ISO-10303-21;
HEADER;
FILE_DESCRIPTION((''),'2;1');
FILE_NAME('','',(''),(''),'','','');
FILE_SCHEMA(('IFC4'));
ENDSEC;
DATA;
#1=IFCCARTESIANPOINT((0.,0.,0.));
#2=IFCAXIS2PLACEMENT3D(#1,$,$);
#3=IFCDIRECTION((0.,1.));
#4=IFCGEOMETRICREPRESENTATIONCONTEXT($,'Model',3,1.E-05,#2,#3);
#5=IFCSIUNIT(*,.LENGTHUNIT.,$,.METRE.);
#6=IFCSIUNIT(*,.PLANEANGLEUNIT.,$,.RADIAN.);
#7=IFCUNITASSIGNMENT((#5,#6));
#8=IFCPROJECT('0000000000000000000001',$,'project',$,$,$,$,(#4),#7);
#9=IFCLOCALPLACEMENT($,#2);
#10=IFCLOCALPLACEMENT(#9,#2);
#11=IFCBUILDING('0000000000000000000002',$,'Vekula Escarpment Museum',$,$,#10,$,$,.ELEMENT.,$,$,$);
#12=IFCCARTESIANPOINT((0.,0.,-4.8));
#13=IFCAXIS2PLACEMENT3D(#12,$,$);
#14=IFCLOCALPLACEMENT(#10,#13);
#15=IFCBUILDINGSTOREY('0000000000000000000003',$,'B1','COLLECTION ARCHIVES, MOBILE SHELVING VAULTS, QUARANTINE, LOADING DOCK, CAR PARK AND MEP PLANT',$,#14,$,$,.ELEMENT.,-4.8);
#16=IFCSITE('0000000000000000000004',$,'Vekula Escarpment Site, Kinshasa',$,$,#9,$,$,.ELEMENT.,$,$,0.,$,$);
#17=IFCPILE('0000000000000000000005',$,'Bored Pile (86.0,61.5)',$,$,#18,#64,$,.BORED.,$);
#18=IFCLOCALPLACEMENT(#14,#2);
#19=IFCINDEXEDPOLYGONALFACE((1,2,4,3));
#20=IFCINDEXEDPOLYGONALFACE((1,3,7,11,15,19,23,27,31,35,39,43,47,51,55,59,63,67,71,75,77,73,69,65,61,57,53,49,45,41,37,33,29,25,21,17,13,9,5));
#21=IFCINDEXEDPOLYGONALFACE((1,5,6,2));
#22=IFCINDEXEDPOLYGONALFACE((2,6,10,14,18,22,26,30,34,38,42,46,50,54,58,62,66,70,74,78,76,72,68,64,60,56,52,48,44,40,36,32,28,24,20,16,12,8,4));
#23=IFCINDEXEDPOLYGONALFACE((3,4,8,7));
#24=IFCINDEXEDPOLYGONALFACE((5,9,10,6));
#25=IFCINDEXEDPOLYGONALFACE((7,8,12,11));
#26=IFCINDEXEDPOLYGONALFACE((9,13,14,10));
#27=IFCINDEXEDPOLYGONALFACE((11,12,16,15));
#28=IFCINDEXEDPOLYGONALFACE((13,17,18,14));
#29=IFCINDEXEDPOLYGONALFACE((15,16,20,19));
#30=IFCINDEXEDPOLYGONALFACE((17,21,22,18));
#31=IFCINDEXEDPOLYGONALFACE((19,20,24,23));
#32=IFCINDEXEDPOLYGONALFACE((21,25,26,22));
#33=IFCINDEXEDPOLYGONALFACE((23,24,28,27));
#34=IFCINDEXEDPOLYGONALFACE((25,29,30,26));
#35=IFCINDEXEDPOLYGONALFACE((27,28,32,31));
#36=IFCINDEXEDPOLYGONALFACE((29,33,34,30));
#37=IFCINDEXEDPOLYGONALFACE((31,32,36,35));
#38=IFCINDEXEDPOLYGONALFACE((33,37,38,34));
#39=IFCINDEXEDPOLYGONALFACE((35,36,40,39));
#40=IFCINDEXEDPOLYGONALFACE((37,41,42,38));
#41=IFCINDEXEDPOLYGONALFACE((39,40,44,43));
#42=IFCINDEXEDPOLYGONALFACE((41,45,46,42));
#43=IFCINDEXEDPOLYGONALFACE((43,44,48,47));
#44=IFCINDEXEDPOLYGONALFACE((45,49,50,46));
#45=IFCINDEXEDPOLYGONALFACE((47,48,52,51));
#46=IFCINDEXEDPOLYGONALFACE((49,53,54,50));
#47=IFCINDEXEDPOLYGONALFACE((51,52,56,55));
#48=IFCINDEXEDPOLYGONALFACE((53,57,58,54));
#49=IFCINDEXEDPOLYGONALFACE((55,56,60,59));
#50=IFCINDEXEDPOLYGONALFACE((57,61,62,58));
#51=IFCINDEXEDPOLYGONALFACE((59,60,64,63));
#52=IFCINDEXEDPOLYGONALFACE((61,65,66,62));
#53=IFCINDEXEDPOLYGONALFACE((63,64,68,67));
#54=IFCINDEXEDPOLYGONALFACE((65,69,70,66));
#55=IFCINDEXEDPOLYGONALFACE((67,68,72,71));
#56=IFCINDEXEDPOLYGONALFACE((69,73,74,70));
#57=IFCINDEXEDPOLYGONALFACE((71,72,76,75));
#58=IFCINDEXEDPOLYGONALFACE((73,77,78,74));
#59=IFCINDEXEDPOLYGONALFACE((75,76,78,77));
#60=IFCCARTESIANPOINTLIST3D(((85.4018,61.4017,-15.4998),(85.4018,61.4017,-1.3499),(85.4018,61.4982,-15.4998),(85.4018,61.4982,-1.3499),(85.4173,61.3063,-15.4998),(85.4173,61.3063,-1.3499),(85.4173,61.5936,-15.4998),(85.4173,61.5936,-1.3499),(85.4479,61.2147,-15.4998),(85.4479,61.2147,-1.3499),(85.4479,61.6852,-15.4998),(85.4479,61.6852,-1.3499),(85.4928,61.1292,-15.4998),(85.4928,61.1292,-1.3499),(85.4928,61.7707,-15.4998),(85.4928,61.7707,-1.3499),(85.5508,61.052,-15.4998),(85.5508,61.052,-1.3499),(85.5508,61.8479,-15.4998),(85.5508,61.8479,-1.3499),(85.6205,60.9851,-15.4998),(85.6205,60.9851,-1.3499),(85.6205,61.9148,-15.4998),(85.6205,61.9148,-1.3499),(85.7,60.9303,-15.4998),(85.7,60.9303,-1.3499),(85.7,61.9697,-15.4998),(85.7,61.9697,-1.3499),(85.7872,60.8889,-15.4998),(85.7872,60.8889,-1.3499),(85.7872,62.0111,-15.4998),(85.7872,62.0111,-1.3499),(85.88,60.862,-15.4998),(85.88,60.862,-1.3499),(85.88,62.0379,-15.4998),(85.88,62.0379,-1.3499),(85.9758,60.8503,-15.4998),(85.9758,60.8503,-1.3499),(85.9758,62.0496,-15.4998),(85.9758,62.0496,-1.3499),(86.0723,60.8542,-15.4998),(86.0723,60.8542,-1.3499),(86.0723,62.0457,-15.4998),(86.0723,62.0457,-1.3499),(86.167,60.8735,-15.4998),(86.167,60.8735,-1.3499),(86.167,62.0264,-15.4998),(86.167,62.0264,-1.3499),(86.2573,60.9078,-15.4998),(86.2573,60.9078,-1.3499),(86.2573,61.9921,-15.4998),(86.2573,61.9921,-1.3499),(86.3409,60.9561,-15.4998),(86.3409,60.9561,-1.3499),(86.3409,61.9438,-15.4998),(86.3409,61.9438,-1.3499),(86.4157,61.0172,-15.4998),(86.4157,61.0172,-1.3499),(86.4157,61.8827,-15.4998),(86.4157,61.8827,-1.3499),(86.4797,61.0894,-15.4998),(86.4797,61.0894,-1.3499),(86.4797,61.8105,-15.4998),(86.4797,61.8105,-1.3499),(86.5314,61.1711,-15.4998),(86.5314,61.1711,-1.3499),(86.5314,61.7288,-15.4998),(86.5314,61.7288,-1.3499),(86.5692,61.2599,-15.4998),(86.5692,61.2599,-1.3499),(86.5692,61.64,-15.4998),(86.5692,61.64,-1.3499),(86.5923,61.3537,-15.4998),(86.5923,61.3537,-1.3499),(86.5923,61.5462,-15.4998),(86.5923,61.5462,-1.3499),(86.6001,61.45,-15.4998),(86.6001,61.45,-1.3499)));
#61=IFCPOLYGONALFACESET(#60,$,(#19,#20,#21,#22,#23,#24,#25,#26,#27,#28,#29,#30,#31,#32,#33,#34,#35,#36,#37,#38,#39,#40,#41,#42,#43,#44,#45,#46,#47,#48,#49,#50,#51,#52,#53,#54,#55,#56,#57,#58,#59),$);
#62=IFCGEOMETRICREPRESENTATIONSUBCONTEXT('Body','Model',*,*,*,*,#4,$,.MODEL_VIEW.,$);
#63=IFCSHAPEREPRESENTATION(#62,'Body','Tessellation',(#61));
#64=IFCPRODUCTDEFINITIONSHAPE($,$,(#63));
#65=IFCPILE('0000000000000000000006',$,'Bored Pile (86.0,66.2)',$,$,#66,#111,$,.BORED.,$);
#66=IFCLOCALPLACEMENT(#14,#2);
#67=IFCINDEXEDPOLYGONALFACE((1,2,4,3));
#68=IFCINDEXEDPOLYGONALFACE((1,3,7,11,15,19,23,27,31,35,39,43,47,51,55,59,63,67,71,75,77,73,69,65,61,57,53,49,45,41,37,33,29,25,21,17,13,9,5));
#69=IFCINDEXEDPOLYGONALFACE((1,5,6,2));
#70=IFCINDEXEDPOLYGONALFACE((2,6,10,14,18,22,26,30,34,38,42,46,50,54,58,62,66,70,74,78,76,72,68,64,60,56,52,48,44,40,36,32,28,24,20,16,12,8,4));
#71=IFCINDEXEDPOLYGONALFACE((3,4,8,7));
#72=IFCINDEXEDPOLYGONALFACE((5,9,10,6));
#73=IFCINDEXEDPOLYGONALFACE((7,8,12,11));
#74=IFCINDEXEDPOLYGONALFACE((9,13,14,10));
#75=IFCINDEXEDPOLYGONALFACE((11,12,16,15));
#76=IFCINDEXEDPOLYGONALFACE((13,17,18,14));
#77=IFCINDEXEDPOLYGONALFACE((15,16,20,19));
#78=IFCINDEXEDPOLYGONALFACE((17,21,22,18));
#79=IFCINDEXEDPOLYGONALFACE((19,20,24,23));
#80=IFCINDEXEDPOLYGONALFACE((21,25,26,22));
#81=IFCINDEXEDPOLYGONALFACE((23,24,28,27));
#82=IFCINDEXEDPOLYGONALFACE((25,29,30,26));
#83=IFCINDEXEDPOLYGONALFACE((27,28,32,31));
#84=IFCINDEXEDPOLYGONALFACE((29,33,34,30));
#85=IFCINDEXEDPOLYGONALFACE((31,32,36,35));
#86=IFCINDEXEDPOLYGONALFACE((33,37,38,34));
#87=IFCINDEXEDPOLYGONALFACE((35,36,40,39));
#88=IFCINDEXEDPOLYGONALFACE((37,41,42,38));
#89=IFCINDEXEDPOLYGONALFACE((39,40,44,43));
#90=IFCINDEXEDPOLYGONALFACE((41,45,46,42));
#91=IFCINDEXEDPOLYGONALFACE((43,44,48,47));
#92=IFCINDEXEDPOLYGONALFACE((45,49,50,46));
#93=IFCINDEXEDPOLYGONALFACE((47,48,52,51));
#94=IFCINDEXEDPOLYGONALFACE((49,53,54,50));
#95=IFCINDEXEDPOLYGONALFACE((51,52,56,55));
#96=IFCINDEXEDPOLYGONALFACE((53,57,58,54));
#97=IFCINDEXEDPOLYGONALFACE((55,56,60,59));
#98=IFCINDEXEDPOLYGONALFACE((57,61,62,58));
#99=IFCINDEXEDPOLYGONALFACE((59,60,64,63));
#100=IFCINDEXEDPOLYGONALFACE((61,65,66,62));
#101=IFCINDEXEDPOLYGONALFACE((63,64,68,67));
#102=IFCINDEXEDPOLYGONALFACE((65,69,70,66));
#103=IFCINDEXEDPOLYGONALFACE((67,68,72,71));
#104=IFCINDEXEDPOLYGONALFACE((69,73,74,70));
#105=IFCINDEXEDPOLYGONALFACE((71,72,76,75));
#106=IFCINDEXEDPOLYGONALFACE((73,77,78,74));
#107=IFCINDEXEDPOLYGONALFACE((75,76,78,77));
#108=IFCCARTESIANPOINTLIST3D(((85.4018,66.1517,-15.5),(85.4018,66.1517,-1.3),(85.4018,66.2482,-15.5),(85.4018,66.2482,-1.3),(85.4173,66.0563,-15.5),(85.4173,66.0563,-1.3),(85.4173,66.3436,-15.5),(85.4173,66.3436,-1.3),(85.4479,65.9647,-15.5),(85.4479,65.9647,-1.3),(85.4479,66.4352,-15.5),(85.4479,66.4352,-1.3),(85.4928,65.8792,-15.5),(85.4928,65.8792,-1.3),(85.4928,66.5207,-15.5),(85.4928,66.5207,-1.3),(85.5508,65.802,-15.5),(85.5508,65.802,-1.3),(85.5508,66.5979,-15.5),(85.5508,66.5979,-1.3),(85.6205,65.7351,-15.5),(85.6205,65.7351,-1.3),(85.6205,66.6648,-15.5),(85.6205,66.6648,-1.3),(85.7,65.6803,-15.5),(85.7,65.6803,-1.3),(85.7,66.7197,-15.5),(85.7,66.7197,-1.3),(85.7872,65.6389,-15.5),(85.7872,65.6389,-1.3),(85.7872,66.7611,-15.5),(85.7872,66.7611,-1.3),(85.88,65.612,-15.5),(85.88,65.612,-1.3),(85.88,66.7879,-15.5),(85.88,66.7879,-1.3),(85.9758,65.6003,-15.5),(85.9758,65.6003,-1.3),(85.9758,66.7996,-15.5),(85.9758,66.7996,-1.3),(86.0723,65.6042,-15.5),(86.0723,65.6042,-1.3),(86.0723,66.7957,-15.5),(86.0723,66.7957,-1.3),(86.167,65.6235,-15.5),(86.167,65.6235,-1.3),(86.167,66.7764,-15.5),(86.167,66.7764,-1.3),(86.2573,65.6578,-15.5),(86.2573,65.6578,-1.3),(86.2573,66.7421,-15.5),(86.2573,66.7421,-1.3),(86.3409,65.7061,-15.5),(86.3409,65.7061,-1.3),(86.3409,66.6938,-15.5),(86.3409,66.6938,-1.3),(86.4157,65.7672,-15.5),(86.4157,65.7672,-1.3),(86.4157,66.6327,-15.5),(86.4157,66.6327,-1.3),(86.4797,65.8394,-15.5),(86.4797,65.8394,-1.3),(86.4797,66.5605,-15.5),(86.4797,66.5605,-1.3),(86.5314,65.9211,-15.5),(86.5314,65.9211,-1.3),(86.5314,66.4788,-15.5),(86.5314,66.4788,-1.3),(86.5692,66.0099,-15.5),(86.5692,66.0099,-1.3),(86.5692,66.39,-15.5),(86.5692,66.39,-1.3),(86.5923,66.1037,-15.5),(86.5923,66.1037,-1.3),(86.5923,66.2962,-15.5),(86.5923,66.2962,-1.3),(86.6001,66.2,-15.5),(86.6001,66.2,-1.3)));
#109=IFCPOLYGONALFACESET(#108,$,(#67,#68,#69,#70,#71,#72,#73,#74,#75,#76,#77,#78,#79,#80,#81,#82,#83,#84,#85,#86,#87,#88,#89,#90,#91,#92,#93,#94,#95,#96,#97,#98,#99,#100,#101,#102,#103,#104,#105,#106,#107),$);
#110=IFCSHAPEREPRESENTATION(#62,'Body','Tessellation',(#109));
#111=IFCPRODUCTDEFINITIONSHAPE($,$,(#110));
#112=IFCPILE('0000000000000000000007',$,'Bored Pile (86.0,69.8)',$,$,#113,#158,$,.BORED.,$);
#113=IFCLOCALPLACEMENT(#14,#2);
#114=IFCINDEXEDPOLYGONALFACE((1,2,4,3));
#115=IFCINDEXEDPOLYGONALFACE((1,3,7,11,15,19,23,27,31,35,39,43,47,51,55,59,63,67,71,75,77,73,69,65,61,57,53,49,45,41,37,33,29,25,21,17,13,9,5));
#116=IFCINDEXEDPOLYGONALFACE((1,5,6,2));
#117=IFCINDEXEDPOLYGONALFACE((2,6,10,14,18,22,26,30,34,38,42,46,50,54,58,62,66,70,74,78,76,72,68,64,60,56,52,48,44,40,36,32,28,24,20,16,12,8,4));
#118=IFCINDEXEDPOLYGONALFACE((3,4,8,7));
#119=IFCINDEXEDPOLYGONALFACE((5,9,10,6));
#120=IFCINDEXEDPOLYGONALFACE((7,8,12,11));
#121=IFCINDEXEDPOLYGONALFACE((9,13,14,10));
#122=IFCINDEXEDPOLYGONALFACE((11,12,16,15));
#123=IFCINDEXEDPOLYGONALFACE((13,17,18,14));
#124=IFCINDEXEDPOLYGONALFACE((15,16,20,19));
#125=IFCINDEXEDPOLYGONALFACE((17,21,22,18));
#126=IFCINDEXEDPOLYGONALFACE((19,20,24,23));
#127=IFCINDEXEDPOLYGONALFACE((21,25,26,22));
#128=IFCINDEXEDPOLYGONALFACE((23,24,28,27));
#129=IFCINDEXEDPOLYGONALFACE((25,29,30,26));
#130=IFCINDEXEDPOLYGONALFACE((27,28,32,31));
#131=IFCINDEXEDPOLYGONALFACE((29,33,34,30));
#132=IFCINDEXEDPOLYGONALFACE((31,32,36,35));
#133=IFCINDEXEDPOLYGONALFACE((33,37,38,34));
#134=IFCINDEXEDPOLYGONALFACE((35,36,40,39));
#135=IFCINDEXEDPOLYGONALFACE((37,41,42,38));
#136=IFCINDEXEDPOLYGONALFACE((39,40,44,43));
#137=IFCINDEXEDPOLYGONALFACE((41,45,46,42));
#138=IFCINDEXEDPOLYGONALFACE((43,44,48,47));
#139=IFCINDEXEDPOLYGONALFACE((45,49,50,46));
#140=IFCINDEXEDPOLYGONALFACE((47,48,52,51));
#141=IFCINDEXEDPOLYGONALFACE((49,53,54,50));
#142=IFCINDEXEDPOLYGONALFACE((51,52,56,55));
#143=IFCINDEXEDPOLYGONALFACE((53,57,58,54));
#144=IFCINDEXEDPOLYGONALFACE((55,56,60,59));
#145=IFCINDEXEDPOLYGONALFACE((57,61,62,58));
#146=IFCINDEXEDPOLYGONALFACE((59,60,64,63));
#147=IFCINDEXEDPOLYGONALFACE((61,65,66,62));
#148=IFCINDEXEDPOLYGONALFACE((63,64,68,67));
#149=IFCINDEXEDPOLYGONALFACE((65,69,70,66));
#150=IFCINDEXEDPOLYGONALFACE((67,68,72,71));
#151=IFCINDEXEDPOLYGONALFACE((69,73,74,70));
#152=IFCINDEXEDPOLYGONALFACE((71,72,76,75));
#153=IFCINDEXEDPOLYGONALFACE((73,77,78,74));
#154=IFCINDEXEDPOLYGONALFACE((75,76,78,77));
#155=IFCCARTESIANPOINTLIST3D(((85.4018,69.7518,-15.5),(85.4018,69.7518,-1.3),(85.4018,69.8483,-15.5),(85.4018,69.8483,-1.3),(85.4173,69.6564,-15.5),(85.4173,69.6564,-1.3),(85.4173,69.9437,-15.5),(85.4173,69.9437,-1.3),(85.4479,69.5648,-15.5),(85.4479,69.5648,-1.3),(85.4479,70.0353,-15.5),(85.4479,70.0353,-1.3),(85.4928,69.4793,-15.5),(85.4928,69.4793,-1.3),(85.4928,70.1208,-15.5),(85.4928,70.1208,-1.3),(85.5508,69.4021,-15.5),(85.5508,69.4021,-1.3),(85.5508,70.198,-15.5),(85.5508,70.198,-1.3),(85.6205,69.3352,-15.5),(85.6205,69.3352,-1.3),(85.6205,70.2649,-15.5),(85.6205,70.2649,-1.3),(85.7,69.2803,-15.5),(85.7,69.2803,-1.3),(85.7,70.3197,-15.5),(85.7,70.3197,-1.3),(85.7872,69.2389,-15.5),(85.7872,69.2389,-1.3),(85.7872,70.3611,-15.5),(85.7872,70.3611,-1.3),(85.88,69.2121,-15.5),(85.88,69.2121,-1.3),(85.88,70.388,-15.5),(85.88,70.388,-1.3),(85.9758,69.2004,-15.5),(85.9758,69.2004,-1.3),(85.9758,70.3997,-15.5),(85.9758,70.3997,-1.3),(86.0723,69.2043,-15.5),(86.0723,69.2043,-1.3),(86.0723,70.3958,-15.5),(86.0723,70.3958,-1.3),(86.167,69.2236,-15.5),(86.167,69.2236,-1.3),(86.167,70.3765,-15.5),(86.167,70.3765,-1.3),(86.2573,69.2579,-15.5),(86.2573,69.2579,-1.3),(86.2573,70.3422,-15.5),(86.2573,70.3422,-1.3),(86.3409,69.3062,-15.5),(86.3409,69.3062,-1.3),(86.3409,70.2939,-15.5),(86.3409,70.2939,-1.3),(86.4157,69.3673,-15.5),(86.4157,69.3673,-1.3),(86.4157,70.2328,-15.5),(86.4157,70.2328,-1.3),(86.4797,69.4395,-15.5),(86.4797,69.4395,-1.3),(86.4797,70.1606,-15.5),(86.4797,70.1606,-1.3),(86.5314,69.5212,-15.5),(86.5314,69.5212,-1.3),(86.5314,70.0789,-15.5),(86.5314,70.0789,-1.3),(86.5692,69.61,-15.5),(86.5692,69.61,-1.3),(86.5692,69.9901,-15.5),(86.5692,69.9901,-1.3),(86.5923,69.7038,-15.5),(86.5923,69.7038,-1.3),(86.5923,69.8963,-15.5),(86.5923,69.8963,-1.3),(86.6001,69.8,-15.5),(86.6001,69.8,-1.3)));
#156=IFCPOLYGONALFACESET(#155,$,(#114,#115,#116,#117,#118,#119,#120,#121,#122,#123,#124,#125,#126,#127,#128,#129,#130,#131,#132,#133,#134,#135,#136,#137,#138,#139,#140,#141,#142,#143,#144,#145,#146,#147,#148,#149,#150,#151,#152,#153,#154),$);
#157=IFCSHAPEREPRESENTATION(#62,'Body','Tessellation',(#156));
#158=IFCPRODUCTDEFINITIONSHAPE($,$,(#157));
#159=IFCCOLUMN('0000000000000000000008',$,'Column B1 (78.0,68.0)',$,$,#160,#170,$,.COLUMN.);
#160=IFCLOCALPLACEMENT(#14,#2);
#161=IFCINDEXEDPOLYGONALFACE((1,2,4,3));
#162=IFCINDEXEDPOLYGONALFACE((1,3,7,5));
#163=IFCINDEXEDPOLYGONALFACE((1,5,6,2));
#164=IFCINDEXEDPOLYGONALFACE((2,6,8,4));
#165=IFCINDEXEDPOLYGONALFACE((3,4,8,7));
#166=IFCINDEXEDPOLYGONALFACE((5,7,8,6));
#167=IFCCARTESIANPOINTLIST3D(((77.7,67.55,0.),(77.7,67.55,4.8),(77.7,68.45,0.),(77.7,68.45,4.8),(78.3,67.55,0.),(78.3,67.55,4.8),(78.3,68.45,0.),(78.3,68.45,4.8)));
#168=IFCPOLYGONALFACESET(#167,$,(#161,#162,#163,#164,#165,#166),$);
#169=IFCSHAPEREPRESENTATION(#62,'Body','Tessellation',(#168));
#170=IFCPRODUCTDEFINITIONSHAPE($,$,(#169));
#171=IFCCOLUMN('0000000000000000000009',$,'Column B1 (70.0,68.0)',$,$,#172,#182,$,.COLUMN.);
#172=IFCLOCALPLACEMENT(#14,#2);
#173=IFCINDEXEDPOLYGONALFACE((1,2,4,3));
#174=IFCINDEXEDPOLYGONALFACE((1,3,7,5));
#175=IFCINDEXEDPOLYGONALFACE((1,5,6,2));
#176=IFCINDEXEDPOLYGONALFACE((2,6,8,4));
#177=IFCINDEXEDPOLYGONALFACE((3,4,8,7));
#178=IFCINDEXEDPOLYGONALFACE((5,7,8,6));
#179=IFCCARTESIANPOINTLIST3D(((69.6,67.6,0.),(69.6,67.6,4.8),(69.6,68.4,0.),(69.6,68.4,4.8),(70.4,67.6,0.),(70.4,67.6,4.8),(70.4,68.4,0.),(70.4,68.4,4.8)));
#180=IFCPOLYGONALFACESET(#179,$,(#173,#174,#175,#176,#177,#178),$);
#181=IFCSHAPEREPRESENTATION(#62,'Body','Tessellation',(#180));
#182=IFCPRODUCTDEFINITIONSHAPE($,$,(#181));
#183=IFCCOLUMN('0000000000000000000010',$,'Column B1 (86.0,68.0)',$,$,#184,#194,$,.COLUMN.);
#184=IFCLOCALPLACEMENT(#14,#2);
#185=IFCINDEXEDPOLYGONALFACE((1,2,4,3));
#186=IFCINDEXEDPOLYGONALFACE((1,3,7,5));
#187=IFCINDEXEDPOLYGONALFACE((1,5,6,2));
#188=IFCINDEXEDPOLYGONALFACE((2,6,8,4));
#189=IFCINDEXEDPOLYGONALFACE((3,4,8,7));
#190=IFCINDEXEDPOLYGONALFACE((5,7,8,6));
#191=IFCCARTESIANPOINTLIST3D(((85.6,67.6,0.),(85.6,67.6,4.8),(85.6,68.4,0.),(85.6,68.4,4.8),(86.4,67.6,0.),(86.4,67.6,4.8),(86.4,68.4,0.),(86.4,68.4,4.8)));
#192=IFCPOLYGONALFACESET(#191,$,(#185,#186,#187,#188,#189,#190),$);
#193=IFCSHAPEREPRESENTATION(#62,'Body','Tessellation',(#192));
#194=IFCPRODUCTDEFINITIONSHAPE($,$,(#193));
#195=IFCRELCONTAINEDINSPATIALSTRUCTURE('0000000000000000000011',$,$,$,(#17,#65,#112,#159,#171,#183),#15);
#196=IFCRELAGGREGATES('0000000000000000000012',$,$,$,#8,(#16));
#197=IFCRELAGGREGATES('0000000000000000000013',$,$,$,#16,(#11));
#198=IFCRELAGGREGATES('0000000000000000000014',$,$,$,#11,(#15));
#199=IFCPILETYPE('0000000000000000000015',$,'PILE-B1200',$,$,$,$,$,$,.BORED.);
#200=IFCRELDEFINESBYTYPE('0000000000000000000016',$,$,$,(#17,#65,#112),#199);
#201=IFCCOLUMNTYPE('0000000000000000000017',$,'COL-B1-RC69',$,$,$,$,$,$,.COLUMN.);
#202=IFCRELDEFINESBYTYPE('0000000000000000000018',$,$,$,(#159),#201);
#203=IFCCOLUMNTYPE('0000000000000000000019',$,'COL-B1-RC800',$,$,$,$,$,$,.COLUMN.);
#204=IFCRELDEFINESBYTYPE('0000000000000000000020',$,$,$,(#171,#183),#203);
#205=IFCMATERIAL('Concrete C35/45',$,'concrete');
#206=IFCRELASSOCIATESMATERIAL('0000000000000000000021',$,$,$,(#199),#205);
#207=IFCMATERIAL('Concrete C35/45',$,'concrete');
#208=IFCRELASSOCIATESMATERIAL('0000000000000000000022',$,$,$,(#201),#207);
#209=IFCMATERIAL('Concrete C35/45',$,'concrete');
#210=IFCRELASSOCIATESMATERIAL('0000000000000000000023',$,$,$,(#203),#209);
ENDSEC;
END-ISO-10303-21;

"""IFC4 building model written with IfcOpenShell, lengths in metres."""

from ifc_helpers import new_model, si_unit, direction, frame, origin, origin_2d, place, context, subcontext, project, spatial, rectangle, circle, extrude, material, material_profile, profile_set, type_object, element, save


model = new_model("IFC4")

# Units and contexts
model_context = context("Model", 3, precision=1e-05, world=origin(), true_north=direction((0.0, 1.0)))
body_context = subcontext(model_context, "Body", "Model", "MODEL_VIEW")
ifc_project = project(units=[si_unit("LENGTHUNIT", "METRE"), si_unit("PLANEANGLEUNIT", "RADIAN")], contexts=[model_context])

# Site, building, storey
site_placement = place(None, origin())
site = spatial("IfcSite", under=ifc_project, at=site_placement, Name="Vekula Escarpment Site, Kinshasa", CompositionType="ELEMENT", RefElevation=0.0)
building_placement = place(site_placement, origin())
building = spatial("IfcBuilding", under=site, at=building_placement, Name="Vekula Escarpment Museum", CompositionType="ELEMENT")
storey_placement = place(building_placement, frame((0.0, 0.0, -4.8)))
storey = spatial("IfcBuildingStorey", under=building, at=storey_placement, Name="B1", Description="COLLECTION ARCHIVES, MOBILE SHELVING VAULTS, QUARANTINE, LOADING DOCK, CAR PARK AND MEP PLANT", CompositionType="ELEMENT", Elevation=-4.8)

# Piles
ifc_material_1 = material(Name="Concrete C35/45", Category="concrete")
ifc_material_profile_1 = material_profile(ifc_material_1, circle(Radius=0.6001, at=origin_2d()), Name="BORED PILE 1200")
ifc_profile_set_1 = profile_set([ifc_material_profile_1], Name="Concrete C35/45")
pile_type = type_object("IfcPileType", Name="PILE-B1200", PredefinedType="BORED", material=ifc_profile_set_1)
for number, where, z_axis, x_axis, name in (
    (1, (86.0, 61.45, -1.3499), (0.0, 0.0, -1.0), (1.0, 0.0, 0.0), "Bored Pile (86.0,61.5)"),
):
    element("IfcPile", number, at=place(storey_placement, frame(where, z_axis=z_axis, x_axis=x_axis)), inside=storey, type_object=pile_type, Name=name, PredefinedType="BORED", context=body_context, shape_type="SweptSolid", body=[
        extrude(circle(Radius=0.6001, at=origin_2d()), origin(), (0.0, 0.0, 1.0), 14.1499),
    ])
for number, where, z_axis, x_axis, name in (
    (2, (86.0, 66.2, -1.3), (0.0, 0.0, -1.0), (1.0, 0.0, 0.0), "Bored Pile (86.0,66.2)"),
    (3, (86.0, 69.8, -1.3), (0.0, 0.0, -1.0), (1.0, 0.0, 0.0), "Bored Pile (86.0,69.8)"),
):
    element("IfcPile", number, at=place(storey_placement, frame(where, z_axis=z_axis, x_axis=x_axis)), inside=storey, type_object=pile_type, Name=name, PredefinedType="BORED", context=body_context, shape_type="SweptSolid", body=[
        extrude(circle(Radius=0.6001, at=origin_2d()), origin(), (0.0, 0.0, 1.0), 14.2),
    ])

# Columns
ifc_material_2 = material(Name="Concrete C35/45", Category="concrete")
ifc_material_profile_2 = material_profile(ifc_material_2, rectangle(XDim=0.6001, YDim=0.8999, at=origin_2d()), Name="RC 600x900")
ifc_profile_set_2 = profile_set([ifc_material_profile_2], Name="Concrete C35/45")
column_type_1 = type_object("IfcColumnType", Name="COL-B1-RC69", PredefinedType="COLUMN", material=ifc_profile_set_2)
column_placement = place(storey_placement, frame((78.0, 68.0, 0.0), z_axis=(0.0, 0.0, 1.0), x_axis=(1.0, 0.0, 0.0)))
element("IfcColumn", 4, at=column_placement, inside=storey, type_object=column_type_1, Name="Column B1 (78.0,68.0)", PredefinedType="COLUMN", context=body_context, shape_type="SweptSolid", body=[
    extrude(rectangle(XDim=0.6001, YDim=0.8999, at=origin_2d()), origin(), (0.0, 0.0, 1.0), 4.8),
])
ifc_material_3 = material(Name="Concrete C35/45", Category="concrete")
ifc_material_profile_3 = material_profile(ifc_material_3, rectangle(XDim=0.8, YDim=0.8, at=origin_2d()), Name="RC 800x800")
ifc_profile_set_3 = profile_set([ifc_material_profile_3], Name="Concrete C35/45")
column_type_2 = type_object("IfcColumnType", Name="COL-B1-RC800", PredefinedType="COLUMN", material=ifc_profile_set_3)
for number, where, z_axis, x_axis, name in (
    (5, (70.0, 68.0, 0.0), (0.0, 0.0, 1.0), (1.0, 0.0, 0.0), "Column B1 (70.0,68.0)"),
    (6, (86.0, 68.0, 0.0), (0.0, 0.0, 1.0), (1.0, 0.0, 0.0), "Column B1 (86.0,68.0)"),
):
    element("IfcColumn", number, at=place(storey_placement, frame(where, z_axis=z_axis, x_axis=x_axis)), inside=storey, type_object=column_type_2, Name=name, PredefinedType="COLUMN", context=body_context, shape_type="SweptSolid", body=[
        extrude(rectangle(XDim=0.8, YDim=0.8, at=origin_2d()), origin(), (0.0, 0.0, 1.0), 4.8),
    ])

save(model, "model.ifc")
